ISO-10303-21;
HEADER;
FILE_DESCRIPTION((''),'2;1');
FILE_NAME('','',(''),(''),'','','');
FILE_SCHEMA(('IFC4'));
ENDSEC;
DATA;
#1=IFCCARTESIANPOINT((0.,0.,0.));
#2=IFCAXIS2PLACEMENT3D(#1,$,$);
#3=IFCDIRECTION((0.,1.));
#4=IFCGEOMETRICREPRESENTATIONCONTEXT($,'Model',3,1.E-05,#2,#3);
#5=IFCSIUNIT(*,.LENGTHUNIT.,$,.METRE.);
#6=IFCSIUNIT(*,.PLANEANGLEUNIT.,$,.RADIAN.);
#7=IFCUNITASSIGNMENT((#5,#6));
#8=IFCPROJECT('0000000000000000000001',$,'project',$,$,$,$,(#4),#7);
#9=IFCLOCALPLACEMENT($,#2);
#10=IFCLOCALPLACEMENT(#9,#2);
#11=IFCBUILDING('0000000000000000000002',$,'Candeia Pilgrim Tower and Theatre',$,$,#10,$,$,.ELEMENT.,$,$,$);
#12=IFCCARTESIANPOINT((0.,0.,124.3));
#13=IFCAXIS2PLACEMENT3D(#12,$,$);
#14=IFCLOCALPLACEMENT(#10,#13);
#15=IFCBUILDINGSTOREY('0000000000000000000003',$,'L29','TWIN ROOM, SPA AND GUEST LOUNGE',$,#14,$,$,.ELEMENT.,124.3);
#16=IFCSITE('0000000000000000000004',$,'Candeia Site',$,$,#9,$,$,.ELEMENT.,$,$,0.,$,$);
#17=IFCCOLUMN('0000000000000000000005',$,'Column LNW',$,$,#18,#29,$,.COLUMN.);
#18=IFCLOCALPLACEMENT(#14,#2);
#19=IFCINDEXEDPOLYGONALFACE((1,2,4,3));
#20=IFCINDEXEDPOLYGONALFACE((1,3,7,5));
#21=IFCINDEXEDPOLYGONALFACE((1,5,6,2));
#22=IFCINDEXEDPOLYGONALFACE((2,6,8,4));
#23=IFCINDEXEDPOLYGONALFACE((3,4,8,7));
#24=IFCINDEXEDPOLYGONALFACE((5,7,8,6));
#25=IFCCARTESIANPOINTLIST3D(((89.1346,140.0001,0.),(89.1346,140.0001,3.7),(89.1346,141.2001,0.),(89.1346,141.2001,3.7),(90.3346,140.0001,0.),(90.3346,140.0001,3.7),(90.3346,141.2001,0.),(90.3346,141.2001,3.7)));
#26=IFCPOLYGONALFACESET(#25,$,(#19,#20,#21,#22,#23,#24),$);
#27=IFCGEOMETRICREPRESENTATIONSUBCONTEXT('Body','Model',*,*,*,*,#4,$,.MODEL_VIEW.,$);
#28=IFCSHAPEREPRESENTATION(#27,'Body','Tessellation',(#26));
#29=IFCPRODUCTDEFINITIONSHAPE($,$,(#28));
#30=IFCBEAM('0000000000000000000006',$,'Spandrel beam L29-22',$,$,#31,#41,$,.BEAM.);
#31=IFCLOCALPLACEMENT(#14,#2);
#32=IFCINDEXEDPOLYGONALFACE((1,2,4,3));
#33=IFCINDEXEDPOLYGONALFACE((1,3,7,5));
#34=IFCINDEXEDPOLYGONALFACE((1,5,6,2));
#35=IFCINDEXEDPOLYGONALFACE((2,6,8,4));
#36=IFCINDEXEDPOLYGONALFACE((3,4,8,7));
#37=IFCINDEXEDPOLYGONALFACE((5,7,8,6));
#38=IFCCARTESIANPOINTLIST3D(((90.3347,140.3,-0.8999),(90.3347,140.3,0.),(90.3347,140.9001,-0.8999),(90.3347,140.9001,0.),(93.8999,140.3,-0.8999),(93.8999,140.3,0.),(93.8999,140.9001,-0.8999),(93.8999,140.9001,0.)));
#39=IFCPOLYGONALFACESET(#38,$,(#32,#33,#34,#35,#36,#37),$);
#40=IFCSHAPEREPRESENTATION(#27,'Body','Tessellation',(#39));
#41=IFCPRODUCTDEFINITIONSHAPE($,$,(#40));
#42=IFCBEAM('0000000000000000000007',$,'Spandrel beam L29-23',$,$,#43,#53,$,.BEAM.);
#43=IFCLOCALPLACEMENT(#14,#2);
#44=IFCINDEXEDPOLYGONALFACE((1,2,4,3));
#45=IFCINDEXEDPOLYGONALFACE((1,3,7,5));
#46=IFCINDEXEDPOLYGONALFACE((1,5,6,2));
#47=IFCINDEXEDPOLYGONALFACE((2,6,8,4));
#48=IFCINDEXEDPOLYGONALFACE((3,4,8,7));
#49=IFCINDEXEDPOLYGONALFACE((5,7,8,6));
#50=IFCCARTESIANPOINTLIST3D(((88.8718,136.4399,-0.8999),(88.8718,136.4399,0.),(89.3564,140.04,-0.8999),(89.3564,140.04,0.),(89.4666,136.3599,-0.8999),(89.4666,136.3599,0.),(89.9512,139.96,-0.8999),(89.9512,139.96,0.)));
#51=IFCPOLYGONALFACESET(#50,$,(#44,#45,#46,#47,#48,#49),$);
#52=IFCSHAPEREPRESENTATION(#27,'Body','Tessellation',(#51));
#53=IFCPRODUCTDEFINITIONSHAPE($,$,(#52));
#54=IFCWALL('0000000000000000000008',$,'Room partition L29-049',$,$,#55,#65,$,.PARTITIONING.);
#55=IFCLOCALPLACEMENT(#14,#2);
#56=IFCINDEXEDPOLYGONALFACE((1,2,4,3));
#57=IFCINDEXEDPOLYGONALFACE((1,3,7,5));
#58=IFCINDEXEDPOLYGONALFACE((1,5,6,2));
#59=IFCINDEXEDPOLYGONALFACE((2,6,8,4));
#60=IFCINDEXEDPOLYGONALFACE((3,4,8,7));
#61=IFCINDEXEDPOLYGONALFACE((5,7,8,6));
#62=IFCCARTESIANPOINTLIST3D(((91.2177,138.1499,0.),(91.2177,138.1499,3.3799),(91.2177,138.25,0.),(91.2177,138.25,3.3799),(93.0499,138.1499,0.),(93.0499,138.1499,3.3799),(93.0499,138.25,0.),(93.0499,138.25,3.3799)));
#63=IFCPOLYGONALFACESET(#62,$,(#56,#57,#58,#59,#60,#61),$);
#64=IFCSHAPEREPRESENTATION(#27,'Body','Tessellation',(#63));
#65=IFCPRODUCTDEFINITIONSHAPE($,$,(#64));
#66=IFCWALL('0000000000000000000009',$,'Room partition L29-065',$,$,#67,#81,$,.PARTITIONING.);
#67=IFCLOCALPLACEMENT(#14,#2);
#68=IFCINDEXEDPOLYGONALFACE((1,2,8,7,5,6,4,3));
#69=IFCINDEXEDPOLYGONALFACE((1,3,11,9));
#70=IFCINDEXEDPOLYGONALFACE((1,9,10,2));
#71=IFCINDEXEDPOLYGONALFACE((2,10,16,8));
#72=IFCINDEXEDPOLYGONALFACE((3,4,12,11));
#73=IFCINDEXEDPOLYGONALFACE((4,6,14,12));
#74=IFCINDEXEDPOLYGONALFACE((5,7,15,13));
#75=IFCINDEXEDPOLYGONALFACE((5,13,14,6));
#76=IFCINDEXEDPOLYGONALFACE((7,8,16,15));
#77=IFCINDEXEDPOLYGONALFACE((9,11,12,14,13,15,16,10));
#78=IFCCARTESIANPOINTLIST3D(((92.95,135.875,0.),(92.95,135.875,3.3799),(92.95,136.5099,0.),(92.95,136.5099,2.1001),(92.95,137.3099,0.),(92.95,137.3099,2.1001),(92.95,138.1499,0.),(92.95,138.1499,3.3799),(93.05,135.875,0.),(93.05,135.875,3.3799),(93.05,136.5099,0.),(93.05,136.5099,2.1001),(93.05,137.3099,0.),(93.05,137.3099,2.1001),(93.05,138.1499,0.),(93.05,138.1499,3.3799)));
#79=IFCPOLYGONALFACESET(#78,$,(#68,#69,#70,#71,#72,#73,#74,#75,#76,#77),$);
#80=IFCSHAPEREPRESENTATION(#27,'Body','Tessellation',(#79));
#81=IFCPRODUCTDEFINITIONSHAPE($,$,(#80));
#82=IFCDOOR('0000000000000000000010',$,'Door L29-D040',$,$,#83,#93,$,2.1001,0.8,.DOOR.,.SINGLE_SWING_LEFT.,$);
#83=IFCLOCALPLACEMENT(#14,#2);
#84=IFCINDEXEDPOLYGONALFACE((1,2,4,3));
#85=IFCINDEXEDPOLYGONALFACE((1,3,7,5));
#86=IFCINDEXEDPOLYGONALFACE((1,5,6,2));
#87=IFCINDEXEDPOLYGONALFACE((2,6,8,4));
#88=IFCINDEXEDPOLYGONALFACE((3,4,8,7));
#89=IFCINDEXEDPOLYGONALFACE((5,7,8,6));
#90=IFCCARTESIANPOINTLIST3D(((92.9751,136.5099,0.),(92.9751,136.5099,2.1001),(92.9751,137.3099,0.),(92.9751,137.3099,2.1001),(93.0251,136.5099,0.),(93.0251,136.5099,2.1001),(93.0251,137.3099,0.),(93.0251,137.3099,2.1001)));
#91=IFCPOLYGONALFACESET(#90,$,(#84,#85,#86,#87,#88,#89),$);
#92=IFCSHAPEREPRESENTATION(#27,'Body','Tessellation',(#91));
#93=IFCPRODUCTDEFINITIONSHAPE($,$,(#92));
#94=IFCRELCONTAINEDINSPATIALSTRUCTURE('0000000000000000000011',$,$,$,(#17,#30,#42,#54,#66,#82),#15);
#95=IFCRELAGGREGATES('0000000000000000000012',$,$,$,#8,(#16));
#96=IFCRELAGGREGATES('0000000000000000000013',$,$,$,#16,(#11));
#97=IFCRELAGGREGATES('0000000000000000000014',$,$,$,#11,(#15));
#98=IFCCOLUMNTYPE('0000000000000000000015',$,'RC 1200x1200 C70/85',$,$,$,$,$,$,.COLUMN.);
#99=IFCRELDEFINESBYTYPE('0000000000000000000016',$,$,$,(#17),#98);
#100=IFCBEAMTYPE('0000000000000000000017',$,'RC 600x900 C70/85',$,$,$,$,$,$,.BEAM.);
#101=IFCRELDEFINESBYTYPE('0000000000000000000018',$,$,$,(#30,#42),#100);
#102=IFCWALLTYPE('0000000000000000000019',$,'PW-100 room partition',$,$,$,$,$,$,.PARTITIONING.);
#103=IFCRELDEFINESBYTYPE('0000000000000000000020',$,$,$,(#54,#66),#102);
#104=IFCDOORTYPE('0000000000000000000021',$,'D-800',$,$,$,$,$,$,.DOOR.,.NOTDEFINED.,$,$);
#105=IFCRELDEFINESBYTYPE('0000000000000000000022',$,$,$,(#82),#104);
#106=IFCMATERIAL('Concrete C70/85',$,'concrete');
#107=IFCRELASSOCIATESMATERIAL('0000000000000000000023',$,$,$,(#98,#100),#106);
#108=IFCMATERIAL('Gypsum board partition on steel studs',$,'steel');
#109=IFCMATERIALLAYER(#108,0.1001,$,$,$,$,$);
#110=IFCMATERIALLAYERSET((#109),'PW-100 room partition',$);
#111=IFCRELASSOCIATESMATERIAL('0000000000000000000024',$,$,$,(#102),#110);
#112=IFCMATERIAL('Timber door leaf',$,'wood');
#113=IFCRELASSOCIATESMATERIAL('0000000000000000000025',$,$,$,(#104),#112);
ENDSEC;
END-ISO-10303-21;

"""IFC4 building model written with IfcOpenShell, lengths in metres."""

from ifc_helpers import new_model, si_unit, direction, frame, frame_2d, origin, origin_2d, place, context, subcontext, project, spatial, rectangle, extrude, material, layer, layer_set, material_profile, profile_set, type_object, element, fill, save


model = new_model("IFC4")

# Units and contexts
model_context = context("Model", 3, precision=1e-05, world=origin(), true_north=direction((0.0, 1.0)))
body_context = subcontext(model_context, "Body", "Model", "MODEL_VIEW")
ifc_project = project(units=[si_unit("LENGTHUNIT", "METRE"), si_unit("PLANEANGLEUNIT", "RADIAN")], contexts=[model_context])

# Site, building, storey
site_placement = place(None, origin())
site = spatial("IfcSite", under=ifc_project, at=site_placement, Name="Candeia Site", CompositionType="ELEMENT", RefElevation=0.0)
building_placement = place(site_placement, origin())
building = spatial("IfcBuilding", under=site, at=building_placement, Name="Candeia Pilgrim Tower and Theatre", CompositionType="ELEMENT")
storey_placement = place(building_placement, frame((0.0, 0.0, 124.3)))
storey = spatial("IfcBuildingStorey", under=building, at=storey_placement, Name="L29", Description="TWIN ROOM, SPA AND GUEST LOUNGE", CompositionType="ELEMENT", Elevation=124.3)

# Column
ifc_material_1 = material(Name="Concrete C70/85", Category="concrete")
ifc_material_profile_1 = material_profile(ifc_material_1, rectangle(XDim=1.2, YDim=1.2, at=origin_2d()))
ifc_profile_set_1 = profile_set([ifc_material_profile_1], Name="Concrete C70/85")
column_type = type_object("IfcColumnType", Name="RC 1200x1200 C70/85", PredefinedType="COLUMN", material=ifc_profile_set_1)
column_placement = place(storey_placement, frame((89.7346, 140.6001, 0.0), z_axis=(0.0, 0.0, 1.0), x_axis=(1.0, 0.0, 0.0)))
element("IfcColumn", 1, at=column_placement, inside=storey, type_object=column_type, Name="Column LNW", PredefinedType="COLUMN", context=body_context, shape_type="SweptSolid", body=[
    extrude(rectangle(XDim=1.2, YDim=1.2, at=origin_2d()), origin(), (0.0, 0.0, 1.0), 3.7),
])

# Beams
ifc_material_profile_2 = material_profile(ifc_material_1, rectangle(XDim=0.6001, YDim=0.8999, at=origin_2d()))
ifc_profile_set_2 = profile_set([ifc_material_profile_2], Name="Concrete C70/85")
beam_type = type_object("IfcBeamType", Name="RC 600x900 C70/85", PredefinedType="BEAM", material=ifc_profile_set_2)
beam_1_placement = place(storey_placement, frame((93.8999, 140.6001, -0.45), z_axis=(-1.0, 0.0, 0.0), x_axis=(0.0, -1.0, 0.0)))
element("IfcBeam", 2, at=beam_1_placement, inside=storey, type_object=beam_type, Name="Spandrel beam L29-22", PredefinedType="BEAM", context=body_context, shape_type="SweptSolid", body=[
    extrude(rectangle(XDim=0.6001, YDim=0.8999, at=origin_2d()), origin(), (0.0, 0.0, 1.0), 3.5652),
])
beam_2_placement = place(storey_placement, frame((89.6538, 140.0, -0.45), z_axis=(-0.133409, -0.991061, 0.0), x_axis=(0.991061, -0.133409, 0.0)))
element("IfcBeam", 3, at=beam_2_placement, inside=storey, type_object=beam_type, Name="Spandrel beam L29-23", PredefinedType="BEAM", context=body_context, shape_type="SweptSolid", body=[
    extrude(rectangle(XDim=0.6001, YDim=0.8999, at=origin_2d()), origin(), (0.0, 0.0, 1.0), 3.6326),
])

# Wall
ifc_material_2 = material(Name="Gypsum board partition on steel studs", Category="steel")
ifc_layer_1 = layer(ifc_material_2, 0.1001)
ifc_layer_set_1 = layer_set([ifc_layer_1], Name="PW-100 room partition")
wall_type_1 = type_object("IfcWallType", Name="PW-100 room partition", PredefinedType="PARTITIONING", material=ifc_layer_set_1)
wall_1_placement = place(storey_placement, frame((91.2178, 138.2, 0.0), z_axis=(0.0, 0.0, 1.0), x_axis=(1.0, 0.0, 0.0)))
element("IfcWall", 4, at=wall_1_placement, inside=storey, type_object=wall_type_1, Name="Room partition L29-049", PredefinedType="PARTITIONING", context=body_context, shape_type="SweptSolid", body=[
    extrude(rectangle(XDim=1.8323, YDim=0.1001, at=frame_2d((0.916, 0.0))), origin(), (0.0, 0.0, 1.0), 3.3799),
])

# Wall, opening, door
wall_2_placement = place(storey_placement, frame((93.0, 135.875, 0.0), z_axis=(0.0, 0.0, 1.0), x_axis=(0.0, 1.0, 0.0)))
wall_2 = element("IfcWall", 5, at=wall_2_placement, inside=storey, type_object=wall_type_1, Name="Room partition L29-065", PredefinedType="PARTITIONING", context=body_context, shape_type="SweptSolid", body=[
    extrude(rectangle(XDim=2.2749, YDim=0.1001, at=frame_2d((1.1375, 0.0))), origin(), (0.0, 0.0, 1.0), 3.3799),
])
opening_1_placement = place(wall_2_placement, frame((0.635, 0.0, 0.0)))
opening_1 = element("IfcOpeningElement", 6, at=opening_1_placement, cuts=wall_2, PredefinedType="OPENING", context=body_context, shape_type="SweptSolid", body=[
    extrude(rectangle(XDim=0.8, YDim=2.1001, at=frame_2d((0.3999, 1.05))), frame((0.0, 0.0601, 0.0), z_axis=(0.0, -1.0, 0.0), x_axis=(1.0, 0.0, 0.0)), (0.0, 0.0, 1.0), 0.1201),
])
ifc_material_3 = material(Name="Timber door leaf", Category="wood")
door_type_1 = type_object("IfcDoorType", Name="D-800", OperationType="NOTDEFINED", PredefinedType="DOOR", material=ifc_material_3)
door_1_placement = place(opening_1_placement, origin())
door_1 = element("IfcDoor", 7, at=door_1_placement, inside=storey, type_object=door_type_1, Name="Door L29-D040", OperationType="SINGLE_SWING_LEFT", OverallHeight=2.1001, OverallWidth=0.8, PredefinedType="DOOR", context=body_context, shape_type="SweptSolid", body=[
    extrude(rectangle(XDim=0.8, YDim=2.1001, at=frame_2d((0.3999, 1.05))), frame((0.0, 0.0249, 0.0), z_axis=(0.0, -1.0, 0.0), x_axis=(1.0, 0.0, 0.0)), (0.0, 0.0, 1.0), 0.05),
])
fill(opening_1, door_1)

save(model, "model.ifc")
